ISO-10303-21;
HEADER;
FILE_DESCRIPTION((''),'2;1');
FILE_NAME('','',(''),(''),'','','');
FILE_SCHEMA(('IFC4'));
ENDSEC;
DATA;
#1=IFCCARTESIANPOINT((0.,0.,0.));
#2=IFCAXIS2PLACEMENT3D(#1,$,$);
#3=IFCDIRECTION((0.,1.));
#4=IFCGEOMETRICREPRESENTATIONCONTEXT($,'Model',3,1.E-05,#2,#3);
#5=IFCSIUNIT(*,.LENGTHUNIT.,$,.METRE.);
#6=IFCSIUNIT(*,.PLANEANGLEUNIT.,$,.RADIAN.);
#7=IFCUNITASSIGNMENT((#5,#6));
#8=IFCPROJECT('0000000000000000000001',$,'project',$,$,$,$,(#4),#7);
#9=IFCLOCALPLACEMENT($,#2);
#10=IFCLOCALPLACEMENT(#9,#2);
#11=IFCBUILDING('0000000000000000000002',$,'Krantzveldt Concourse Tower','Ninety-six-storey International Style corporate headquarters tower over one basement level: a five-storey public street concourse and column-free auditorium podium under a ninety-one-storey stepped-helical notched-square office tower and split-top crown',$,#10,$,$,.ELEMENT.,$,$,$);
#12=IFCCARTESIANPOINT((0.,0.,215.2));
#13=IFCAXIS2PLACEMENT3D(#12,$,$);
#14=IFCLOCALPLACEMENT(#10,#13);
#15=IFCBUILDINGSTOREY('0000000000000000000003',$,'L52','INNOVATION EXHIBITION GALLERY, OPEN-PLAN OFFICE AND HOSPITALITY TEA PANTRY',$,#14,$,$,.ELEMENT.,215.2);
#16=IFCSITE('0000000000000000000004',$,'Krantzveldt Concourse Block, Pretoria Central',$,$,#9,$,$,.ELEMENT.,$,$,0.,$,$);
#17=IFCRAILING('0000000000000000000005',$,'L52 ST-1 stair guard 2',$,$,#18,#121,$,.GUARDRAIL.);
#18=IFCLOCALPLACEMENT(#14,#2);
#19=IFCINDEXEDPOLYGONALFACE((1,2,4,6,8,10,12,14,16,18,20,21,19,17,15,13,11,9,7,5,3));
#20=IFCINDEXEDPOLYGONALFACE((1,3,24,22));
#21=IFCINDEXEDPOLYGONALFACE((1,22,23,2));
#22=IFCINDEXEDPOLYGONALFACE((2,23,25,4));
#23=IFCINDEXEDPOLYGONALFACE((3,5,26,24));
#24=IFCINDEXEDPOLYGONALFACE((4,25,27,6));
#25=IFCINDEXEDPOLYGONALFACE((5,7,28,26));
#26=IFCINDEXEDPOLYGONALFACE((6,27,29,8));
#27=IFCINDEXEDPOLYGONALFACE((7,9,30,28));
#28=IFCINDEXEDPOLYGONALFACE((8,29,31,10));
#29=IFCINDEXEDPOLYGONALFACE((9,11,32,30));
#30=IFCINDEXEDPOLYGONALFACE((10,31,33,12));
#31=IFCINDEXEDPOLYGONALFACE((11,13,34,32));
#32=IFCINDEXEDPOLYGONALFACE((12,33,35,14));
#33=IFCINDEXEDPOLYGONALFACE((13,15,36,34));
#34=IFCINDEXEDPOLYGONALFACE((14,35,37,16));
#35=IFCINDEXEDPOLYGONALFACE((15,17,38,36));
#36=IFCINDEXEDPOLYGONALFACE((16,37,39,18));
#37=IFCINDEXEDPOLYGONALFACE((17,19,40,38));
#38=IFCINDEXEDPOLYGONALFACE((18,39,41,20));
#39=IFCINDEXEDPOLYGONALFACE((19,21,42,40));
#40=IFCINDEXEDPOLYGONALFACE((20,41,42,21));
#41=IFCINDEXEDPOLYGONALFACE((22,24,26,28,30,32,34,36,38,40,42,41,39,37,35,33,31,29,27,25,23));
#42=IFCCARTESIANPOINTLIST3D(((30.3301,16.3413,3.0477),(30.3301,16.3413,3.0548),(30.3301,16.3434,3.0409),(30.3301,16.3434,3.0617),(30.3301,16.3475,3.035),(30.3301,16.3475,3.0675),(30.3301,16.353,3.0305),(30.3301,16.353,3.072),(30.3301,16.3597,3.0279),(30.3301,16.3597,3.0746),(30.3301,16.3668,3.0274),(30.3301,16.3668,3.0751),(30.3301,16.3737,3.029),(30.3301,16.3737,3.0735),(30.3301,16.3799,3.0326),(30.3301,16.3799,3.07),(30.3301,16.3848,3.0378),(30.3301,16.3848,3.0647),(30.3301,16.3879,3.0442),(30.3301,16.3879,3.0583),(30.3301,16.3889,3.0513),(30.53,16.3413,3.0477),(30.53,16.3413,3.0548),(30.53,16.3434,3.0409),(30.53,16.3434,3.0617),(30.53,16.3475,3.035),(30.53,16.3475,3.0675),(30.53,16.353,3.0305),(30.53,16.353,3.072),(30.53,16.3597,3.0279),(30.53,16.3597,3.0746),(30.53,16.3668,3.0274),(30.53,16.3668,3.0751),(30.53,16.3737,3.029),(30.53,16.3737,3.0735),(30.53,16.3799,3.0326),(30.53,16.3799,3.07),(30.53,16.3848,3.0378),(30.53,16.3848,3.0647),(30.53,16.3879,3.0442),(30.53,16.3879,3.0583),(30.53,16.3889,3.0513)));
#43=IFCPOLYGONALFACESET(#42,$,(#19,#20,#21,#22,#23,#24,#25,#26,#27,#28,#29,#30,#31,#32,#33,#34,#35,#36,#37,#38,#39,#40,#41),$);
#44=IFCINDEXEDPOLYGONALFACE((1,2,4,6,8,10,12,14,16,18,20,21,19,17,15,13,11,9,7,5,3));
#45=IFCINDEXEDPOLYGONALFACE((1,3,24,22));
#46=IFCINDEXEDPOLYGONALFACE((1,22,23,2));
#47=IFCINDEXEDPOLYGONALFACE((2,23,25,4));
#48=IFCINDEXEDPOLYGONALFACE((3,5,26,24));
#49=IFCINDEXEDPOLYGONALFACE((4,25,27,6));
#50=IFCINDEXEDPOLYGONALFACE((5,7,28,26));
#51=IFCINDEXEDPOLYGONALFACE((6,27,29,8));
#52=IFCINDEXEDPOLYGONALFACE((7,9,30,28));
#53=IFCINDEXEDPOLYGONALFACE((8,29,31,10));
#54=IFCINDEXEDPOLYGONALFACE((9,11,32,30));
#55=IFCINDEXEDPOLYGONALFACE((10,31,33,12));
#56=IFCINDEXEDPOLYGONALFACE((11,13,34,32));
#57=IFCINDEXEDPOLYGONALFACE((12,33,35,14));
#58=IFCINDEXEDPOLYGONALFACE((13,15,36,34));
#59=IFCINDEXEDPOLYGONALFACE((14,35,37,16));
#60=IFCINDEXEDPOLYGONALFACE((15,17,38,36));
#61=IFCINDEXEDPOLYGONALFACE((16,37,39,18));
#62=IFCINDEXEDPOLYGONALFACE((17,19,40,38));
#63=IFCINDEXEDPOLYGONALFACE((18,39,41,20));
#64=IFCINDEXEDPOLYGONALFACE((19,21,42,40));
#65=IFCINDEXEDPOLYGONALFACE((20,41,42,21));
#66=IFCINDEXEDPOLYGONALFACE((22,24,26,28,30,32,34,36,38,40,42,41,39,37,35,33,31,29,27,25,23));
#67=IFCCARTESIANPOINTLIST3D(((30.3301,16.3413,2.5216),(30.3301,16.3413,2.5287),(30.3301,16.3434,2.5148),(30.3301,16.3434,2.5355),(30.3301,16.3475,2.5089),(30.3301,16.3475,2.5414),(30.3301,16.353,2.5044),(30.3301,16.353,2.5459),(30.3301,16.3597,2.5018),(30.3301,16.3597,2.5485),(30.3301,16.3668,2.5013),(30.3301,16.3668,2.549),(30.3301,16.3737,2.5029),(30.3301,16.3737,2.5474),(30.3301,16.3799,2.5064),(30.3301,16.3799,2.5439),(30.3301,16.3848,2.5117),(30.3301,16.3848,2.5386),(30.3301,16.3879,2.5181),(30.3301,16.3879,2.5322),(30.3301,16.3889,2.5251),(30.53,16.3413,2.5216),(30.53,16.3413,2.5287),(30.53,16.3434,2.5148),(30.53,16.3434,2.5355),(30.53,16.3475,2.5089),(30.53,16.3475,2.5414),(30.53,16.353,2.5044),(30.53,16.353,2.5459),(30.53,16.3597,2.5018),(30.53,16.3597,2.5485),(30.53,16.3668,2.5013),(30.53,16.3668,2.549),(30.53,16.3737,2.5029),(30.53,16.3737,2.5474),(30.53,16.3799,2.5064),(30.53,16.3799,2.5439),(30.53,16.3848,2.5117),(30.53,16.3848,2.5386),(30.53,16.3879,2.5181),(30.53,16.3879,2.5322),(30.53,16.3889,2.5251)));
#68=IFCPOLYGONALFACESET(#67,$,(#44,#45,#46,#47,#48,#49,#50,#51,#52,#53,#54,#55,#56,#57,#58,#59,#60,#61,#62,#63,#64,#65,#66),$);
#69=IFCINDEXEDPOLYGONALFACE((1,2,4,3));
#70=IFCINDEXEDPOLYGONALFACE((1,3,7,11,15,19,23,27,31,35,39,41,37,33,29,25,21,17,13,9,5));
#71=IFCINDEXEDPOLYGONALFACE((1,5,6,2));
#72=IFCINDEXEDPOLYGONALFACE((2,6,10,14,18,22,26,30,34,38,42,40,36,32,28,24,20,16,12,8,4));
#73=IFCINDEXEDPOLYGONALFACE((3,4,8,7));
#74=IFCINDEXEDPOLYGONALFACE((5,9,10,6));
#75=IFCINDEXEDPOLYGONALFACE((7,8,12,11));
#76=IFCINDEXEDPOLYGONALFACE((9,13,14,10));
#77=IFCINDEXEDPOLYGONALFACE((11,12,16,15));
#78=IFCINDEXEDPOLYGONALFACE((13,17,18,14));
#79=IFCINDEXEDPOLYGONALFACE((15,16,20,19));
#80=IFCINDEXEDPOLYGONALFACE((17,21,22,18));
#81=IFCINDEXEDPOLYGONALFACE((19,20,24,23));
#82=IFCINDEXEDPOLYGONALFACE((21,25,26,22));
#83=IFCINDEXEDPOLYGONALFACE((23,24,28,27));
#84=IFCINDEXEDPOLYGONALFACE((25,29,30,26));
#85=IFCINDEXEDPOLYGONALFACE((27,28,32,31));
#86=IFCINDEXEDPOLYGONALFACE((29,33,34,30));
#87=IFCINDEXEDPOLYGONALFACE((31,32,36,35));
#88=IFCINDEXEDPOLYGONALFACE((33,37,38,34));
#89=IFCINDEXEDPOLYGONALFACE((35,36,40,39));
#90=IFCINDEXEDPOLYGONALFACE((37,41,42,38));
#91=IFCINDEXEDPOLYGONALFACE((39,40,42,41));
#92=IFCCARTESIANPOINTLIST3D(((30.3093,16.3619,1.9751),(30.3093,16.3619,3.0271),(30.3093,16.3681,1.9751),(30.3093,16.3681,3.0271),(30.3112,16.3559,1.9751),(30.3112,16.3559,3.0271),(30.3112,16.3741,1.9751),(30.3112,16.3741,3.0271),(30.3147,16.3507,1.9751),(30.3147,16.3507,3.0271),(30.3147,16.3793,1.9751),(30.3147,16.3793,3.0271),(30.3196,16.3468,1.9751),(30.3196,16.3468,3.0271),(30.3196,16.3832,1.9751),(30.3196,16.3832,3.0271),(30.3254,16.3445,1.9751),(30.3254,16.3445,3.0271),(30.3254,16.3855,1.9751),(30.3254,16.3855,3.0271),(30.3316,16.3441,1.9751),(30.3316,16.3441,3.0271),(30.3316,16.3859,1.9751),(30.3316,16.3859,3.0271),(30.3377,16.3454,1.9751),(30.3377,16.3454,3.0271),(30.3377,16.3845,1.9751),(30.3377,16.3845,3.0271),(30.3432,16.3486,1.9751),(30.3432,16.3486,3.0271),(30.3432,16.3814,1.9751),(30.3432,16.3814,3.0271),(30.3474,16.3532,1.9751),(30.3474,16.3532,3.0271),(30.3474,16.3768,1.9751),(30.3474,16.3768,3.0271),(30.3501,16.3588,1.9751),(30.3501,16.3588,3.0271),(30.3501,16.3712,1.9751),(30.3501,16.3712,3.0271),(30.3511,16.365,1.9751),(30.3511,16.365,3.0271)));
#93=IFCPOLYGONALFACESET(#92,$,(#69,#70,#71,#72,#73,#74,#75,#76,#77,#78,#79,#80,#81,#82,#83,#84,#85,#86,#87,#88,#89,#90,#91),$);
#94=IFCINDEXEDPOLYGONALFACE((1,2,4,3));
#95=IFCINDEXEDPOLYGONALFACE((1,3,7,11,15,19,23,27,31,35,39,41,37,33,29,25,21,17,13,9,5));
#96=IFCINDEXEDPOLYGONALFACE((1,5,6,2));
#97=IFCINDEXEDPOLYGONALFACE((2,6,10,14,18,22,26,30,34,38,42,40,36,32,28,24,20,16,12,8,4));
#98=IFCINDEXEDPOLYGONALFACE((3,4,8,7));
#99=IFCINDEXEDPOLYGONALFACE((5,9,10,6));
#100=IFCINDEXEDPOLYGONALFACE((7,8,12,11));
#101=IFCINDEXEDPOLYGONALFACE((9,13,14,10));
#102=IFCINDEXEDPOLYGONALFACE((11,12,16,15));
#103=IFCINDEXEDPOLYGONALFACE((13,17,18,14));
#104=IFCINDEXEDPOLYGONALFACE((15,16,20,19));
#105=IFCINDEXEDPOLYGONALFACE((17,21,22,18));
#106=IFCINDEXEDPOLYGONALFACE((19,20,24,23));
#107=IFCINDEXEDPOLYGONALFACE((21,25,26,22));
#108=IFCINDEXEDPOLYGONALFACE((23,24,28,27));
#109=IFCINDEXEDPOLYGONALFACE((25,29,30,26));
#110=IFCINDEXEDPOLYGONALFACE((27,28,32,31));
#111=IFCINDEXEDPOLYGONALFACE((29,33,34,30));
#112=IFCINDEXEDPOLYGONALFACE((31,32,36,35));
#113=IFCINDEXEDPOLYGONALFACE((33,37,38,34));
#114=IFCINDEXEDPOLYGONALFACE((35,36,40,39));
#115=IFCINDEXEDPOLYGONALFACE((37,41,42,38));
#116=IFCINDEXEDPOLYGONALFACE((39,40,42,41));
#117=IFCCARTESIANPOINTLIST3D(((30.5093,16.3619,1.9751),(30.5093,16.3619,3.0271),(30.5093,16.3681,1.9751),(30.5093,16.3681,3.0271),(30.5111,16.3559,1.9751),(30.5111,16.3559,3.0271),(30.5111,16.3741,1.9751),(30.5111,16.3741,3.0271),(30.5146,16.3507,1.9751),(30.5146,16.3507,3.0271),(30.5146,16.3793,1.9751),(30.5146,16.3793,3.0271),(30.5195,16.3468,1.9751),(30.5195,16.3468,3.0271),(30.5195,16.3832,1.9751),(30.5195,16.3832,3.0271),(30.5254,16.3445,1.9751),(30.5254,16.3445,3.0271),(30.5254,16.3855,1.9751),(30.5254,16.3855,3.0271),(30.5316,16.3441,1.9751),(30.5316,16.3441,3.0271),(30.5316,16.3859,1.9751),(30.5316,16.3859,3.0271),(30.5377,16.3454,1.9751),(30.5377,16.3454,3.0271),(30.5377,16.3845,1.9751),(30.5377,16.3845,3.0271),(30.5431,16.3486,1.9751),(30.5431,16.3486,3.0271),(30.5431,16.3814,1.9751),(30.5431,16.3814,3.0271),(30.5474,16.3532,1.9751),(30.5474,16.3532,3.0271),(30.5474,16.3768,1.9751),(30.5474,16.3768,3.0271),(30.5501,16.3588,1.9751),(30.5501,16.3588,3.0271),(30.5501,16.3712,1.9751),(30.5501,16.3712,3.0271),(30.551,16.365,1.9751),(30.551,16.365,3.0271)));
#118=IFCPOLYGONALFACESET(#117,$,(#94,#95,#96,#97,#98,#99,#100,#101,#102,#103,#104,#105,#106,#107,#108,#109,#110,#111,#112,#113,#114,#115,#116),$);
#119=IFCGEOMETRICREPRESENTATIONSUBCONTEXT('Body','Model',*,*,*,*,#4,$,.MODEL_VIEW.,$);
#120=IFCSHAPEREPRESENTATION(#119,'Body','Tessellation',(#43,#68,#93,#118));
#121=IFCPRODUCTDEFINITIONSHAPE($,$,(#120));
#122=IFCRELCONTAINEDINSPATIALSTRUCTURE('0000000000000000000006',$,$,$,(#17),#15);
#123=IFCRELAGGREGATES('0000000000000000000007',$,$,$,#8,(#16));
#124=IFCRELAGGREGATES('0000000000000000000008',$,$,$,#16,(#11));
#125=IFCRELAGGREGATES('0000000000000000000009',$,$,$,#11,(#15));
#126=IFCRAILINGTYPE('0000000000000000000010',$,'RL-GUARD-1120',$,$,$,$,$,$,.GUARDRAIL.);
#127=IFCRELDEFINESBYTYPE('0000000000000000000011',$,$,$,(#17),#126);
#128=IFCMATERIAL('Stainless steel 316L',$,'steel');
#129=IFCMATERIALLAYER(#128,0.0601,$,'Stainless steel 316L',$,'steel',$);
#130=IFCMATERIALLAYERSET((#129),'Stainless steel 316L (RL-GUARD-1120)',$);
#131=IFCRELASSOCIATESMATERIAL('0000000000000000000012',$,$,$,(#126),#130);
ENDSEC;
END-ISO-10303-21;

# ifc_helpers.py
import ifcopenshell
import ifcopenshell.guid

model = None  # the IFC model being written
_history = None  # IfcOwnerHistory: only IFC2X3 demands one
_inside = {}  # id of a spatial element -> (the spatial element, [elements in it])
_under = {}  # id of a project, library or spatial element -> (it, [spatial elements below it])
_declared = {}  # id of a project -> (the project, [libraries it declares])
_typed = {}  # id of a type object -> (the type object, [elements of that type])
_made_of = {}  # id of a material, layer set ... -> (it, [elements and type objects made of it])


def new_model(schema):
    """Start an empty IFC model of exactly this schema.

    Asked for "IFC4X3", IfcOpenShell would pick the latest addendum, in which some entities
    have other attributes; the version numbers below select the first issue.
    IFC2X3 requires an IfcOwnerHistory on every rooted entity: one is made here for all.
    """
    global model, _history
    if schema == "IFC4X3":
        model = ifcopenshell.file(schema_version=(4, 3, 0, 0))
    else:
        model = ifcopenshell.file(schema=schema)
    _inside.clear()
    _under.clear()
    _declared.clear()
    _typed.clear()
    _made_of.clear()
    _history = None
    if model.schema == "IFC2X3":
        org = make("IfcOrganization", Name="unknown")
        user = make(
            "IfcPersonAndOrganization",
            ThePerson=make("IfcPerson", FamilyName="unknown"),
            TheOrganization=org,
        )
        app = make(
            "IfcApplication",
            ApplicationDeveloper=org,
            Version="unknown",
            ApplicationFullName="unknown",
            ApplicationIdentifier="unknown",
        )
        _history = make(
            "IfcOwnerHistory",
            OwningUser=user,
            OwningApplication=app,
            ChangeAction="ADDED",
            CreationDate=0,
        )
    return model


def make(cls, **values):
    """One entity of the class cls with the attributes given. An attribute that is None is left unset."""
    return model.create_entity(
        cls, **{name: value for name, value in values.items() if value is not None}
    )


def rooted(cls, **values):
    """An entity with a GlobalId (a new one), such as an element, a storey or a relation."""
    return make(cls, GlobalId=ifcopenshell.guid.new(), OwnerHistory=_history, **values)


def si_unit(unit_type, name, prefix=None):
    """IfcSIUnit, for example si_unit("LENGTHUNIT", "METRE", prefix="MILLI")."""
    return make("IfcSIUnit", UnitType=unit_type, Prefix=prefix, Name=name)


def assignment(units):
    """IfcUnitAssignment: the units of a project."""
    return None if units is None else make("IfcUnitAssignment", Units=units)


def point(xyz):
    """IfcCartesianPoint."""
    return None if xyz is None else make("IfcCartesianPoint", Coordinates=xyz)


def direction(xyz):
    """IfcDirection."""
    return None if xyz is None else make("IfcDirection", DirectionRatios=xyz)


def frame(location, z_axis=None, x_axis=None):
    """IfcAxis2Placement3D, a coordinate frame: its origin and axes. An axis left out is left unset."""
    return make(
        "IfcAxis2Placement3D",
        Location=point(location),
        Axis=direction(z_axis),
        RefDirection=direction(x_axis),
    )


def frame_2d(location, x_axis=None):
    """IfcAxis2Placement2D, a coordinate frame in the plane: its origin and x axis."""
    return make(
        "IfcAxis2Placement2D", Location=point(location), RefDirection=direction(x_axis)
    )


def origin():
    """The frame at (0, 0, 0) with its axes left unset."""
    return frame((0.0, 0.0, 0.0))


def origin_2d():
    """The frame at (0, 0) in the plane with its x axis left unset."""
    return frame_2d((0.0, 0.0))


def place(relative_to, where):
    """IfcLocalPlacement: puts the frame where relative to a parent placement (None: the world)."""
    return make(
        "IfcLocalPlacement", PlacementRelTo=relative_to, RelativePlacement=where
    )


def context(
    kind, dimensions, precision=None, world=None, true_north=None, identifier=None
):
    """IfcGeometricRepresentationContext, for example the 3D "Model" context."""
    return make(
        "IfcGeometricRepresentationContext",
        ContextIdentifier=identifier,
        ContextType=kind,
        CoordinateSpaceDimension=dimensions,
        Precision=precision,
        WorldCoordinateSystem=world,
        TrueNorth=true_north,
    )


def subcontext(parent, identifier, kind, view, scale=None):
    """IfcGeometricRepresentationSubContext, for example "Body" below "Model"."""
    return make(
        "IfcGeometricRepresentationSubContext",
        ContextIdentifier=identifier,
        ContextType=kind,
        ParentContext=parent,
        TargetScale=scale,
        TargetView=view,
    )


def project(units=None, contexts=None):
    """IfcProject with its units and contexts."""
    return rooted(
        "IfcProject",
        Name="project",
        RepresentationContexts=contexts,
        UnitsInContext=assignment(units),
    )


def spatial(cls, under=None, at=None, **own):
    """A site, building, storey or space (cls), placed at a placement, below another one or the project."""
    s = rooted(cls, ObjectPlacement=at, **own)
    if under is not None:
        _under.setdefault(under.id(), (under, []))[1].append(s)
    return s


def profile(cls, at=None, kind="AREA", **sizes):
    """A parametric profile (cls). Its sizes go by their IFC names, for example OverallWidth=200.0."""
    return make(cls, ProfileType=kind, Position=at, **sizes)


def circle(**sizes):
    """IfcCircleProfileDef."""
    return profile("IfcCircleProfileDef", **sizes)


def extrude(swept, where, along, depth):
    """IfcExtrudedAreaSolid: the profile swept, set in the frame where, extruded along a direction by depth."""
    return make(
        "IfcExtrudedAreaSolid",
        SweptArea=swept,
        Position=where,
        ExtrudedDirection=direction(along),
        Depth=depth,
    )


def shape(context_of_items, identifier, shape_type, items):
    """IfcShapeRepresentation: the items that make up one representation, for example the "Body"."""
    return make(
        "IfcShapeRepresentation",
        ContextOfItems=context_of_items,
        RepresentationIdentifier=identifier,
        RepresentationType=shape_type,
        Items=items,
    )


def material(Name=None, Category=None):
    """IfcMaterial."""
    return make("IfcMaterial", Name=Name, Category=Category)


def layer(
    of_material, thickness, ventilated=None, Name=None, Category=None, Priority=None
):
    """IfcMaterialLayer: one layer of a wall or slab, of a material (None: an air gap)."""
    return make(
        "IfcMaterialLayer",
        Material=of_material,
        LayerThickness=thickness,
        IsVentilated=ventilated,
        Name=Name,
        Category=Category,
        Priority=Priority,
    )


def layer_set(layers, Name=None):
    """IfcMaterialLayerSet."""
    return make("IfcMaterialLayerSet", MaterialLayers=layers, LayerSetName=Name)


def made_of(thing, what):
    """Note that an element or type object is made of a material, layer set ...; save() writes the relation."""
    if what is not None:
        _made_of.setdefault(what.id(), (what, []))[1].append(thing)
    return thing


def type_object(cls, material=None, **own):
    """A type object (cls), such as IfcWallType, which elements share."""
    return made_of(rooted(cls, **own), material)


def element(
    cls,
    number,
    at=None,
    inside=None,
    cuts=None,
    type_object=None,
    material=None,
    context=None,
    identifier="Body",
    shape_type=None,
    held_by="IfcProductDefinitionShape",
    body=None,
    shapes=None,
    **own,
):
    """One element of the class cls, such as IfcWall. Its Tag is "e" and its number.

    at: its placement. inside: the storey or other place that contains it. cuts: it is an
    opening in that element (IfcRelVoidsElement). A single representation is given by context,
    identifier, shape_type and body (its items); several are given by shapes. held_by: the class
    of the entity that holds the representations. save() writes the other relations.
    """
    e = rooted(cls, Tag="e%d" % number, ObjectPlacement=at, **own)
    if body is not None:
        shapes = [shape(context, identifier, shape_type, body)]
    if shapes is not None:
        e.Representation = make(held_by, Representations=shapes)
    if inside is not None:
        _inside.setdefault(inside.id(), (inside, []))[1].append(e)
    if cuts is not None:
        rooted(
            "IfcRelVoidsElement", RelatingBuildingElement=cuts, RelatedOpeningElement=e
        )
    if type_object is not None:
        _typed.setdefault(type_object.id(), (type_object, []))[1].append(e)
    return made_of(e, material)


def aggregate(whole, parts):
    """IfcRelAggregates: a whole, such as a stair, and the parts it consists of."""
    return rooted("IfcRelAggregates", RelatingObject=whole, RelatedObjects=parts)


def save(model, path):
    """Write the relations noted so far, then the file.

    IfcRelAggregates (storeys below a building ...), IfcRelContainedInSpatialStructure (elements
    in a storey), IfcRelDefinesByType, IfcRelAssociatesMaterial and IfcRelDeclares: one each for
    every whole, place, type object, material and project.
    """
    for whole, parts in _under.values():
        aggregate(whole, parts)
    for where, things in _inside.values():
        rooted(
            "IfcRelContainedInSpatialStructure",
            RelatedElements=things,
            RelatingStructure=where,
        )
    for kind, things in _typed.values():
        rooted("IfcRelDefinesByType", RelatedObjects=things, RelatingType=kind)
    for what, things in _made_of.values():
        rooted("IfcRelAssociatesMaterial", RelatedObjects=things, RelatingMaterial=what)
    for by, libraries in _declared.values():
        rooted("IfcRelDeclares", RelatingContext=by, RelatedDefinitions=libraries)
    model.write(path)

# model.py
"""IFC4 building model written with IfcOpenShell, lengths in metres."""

from ifc_helpers import new_model, si_unit, direction, frame, origin, origin_2d, place, context, subcontext, project, spatial, circle, extrude, material, layer, layer_set, type_object, element, save


model = new_model("IFC4")

# Units and contexts
model_context = context("Model", 3, precision=1e-05, world=origin(), true_north=direction((0.0, 1.0)))
body_context = subcontext(model_context, "Body", "Model", "MODEL_VIEW")
ifc_project = project(units=[si_unit("LENGTHUNIT", "METRE"), si_unit("PLANEANGLEUNIT", "RADIAN")], contexts=[model_context])

# Site, building, storey
site_placement = place(None, origin())
site = spatial("IfcSite", under=ifc_project, at=site_placement, Name="Krantzveldt Concourse Block, Pretoria Central", CompositionType="ELEMENT", RefElevation=0.0)
building_placement = place(site_placement, origin())
building = spatial("IfcBuilding", under=site, at=building_placement, Name="Krantzveldt Concourse Tower", Description="Ninety-six-storey International Style corporate headquarters tower over one basement level: a five-storey public street concourse and column-free auditorium podium under a ninety-one-storey stepped-helical notched-square office tower and split-top crown", CompositionType="ELEMENT")
storey_placement = place(building_placement, frame((0.0, 0.0, 215.2)))
storey = spatial("IfcBuildingStorey", under=building, at=storey_placement, Name="L52", Description="INNOVATION EXHIBITION GALLERY, OPEN-PLAN OFFICE AND HOSPITALITY TEA PANTRY", CompositionType="ELEMENT", Elevation=215.2)

# Shared definitions
ifc_material_1 = material(Name="Stainless steel 316L", Category="steel")

# Railing
ifc_layer_1 = layer(ifc_material_1, 0.0601, Name="Stainless steel 316L", Category="steel")
ifc_layer_set_1 = layer_set([ifc_layer_1], Name="Stainless steel 316L (RL-GUARD-1120)")
railing_type_1 = type_object("IfcRailingType", Name="RL-GUARD-1120", PredefinedType="GUARDRAIL", material=ifc_layer_set_1)
railing_1_placement = place(storey_placement, frame((30.3301, 16.365, 1.9751)))
element("IfcRailing", 1, at=railing_1_placement, inside=storey, type_object=railing_type_1, Name="L52 ST-1 stair guard 2", PredefinedType="GUARDRAIL", context=body_context, shape_type="SweptSolid", body=[
    extrude(circle(Radius=0.0239, at=origin_2d()), frame((0.0, 0.0, 1.0762), z_axis=(1.0, 0.0, 0.0), x_axis=(0.0, 1.0, 0.0)), (0.0, 0.0, 1.0), 0.2),
    extrude(circle(Radius=0.0239, at=origin_2d()), frame((0.0, 0.0, 0.55), z_axis=(1.0, 0.0, 0.0), x_axis=(0.0, 1.0, 0.0)), (0.0, 0.0, 1.0), 0.2),
    extrude(circle(Radius=0.021, at=origin_2d()), origin(), (0.0, 0.0, 1.0), 1.052),
    extrude(circle(Radius=0.021, at=origin_2d()), frame((0.2, 0.0, 0.0)), (0.0, 0.0, 1.0), 1.052),
])

save(model, "model.ifc")
